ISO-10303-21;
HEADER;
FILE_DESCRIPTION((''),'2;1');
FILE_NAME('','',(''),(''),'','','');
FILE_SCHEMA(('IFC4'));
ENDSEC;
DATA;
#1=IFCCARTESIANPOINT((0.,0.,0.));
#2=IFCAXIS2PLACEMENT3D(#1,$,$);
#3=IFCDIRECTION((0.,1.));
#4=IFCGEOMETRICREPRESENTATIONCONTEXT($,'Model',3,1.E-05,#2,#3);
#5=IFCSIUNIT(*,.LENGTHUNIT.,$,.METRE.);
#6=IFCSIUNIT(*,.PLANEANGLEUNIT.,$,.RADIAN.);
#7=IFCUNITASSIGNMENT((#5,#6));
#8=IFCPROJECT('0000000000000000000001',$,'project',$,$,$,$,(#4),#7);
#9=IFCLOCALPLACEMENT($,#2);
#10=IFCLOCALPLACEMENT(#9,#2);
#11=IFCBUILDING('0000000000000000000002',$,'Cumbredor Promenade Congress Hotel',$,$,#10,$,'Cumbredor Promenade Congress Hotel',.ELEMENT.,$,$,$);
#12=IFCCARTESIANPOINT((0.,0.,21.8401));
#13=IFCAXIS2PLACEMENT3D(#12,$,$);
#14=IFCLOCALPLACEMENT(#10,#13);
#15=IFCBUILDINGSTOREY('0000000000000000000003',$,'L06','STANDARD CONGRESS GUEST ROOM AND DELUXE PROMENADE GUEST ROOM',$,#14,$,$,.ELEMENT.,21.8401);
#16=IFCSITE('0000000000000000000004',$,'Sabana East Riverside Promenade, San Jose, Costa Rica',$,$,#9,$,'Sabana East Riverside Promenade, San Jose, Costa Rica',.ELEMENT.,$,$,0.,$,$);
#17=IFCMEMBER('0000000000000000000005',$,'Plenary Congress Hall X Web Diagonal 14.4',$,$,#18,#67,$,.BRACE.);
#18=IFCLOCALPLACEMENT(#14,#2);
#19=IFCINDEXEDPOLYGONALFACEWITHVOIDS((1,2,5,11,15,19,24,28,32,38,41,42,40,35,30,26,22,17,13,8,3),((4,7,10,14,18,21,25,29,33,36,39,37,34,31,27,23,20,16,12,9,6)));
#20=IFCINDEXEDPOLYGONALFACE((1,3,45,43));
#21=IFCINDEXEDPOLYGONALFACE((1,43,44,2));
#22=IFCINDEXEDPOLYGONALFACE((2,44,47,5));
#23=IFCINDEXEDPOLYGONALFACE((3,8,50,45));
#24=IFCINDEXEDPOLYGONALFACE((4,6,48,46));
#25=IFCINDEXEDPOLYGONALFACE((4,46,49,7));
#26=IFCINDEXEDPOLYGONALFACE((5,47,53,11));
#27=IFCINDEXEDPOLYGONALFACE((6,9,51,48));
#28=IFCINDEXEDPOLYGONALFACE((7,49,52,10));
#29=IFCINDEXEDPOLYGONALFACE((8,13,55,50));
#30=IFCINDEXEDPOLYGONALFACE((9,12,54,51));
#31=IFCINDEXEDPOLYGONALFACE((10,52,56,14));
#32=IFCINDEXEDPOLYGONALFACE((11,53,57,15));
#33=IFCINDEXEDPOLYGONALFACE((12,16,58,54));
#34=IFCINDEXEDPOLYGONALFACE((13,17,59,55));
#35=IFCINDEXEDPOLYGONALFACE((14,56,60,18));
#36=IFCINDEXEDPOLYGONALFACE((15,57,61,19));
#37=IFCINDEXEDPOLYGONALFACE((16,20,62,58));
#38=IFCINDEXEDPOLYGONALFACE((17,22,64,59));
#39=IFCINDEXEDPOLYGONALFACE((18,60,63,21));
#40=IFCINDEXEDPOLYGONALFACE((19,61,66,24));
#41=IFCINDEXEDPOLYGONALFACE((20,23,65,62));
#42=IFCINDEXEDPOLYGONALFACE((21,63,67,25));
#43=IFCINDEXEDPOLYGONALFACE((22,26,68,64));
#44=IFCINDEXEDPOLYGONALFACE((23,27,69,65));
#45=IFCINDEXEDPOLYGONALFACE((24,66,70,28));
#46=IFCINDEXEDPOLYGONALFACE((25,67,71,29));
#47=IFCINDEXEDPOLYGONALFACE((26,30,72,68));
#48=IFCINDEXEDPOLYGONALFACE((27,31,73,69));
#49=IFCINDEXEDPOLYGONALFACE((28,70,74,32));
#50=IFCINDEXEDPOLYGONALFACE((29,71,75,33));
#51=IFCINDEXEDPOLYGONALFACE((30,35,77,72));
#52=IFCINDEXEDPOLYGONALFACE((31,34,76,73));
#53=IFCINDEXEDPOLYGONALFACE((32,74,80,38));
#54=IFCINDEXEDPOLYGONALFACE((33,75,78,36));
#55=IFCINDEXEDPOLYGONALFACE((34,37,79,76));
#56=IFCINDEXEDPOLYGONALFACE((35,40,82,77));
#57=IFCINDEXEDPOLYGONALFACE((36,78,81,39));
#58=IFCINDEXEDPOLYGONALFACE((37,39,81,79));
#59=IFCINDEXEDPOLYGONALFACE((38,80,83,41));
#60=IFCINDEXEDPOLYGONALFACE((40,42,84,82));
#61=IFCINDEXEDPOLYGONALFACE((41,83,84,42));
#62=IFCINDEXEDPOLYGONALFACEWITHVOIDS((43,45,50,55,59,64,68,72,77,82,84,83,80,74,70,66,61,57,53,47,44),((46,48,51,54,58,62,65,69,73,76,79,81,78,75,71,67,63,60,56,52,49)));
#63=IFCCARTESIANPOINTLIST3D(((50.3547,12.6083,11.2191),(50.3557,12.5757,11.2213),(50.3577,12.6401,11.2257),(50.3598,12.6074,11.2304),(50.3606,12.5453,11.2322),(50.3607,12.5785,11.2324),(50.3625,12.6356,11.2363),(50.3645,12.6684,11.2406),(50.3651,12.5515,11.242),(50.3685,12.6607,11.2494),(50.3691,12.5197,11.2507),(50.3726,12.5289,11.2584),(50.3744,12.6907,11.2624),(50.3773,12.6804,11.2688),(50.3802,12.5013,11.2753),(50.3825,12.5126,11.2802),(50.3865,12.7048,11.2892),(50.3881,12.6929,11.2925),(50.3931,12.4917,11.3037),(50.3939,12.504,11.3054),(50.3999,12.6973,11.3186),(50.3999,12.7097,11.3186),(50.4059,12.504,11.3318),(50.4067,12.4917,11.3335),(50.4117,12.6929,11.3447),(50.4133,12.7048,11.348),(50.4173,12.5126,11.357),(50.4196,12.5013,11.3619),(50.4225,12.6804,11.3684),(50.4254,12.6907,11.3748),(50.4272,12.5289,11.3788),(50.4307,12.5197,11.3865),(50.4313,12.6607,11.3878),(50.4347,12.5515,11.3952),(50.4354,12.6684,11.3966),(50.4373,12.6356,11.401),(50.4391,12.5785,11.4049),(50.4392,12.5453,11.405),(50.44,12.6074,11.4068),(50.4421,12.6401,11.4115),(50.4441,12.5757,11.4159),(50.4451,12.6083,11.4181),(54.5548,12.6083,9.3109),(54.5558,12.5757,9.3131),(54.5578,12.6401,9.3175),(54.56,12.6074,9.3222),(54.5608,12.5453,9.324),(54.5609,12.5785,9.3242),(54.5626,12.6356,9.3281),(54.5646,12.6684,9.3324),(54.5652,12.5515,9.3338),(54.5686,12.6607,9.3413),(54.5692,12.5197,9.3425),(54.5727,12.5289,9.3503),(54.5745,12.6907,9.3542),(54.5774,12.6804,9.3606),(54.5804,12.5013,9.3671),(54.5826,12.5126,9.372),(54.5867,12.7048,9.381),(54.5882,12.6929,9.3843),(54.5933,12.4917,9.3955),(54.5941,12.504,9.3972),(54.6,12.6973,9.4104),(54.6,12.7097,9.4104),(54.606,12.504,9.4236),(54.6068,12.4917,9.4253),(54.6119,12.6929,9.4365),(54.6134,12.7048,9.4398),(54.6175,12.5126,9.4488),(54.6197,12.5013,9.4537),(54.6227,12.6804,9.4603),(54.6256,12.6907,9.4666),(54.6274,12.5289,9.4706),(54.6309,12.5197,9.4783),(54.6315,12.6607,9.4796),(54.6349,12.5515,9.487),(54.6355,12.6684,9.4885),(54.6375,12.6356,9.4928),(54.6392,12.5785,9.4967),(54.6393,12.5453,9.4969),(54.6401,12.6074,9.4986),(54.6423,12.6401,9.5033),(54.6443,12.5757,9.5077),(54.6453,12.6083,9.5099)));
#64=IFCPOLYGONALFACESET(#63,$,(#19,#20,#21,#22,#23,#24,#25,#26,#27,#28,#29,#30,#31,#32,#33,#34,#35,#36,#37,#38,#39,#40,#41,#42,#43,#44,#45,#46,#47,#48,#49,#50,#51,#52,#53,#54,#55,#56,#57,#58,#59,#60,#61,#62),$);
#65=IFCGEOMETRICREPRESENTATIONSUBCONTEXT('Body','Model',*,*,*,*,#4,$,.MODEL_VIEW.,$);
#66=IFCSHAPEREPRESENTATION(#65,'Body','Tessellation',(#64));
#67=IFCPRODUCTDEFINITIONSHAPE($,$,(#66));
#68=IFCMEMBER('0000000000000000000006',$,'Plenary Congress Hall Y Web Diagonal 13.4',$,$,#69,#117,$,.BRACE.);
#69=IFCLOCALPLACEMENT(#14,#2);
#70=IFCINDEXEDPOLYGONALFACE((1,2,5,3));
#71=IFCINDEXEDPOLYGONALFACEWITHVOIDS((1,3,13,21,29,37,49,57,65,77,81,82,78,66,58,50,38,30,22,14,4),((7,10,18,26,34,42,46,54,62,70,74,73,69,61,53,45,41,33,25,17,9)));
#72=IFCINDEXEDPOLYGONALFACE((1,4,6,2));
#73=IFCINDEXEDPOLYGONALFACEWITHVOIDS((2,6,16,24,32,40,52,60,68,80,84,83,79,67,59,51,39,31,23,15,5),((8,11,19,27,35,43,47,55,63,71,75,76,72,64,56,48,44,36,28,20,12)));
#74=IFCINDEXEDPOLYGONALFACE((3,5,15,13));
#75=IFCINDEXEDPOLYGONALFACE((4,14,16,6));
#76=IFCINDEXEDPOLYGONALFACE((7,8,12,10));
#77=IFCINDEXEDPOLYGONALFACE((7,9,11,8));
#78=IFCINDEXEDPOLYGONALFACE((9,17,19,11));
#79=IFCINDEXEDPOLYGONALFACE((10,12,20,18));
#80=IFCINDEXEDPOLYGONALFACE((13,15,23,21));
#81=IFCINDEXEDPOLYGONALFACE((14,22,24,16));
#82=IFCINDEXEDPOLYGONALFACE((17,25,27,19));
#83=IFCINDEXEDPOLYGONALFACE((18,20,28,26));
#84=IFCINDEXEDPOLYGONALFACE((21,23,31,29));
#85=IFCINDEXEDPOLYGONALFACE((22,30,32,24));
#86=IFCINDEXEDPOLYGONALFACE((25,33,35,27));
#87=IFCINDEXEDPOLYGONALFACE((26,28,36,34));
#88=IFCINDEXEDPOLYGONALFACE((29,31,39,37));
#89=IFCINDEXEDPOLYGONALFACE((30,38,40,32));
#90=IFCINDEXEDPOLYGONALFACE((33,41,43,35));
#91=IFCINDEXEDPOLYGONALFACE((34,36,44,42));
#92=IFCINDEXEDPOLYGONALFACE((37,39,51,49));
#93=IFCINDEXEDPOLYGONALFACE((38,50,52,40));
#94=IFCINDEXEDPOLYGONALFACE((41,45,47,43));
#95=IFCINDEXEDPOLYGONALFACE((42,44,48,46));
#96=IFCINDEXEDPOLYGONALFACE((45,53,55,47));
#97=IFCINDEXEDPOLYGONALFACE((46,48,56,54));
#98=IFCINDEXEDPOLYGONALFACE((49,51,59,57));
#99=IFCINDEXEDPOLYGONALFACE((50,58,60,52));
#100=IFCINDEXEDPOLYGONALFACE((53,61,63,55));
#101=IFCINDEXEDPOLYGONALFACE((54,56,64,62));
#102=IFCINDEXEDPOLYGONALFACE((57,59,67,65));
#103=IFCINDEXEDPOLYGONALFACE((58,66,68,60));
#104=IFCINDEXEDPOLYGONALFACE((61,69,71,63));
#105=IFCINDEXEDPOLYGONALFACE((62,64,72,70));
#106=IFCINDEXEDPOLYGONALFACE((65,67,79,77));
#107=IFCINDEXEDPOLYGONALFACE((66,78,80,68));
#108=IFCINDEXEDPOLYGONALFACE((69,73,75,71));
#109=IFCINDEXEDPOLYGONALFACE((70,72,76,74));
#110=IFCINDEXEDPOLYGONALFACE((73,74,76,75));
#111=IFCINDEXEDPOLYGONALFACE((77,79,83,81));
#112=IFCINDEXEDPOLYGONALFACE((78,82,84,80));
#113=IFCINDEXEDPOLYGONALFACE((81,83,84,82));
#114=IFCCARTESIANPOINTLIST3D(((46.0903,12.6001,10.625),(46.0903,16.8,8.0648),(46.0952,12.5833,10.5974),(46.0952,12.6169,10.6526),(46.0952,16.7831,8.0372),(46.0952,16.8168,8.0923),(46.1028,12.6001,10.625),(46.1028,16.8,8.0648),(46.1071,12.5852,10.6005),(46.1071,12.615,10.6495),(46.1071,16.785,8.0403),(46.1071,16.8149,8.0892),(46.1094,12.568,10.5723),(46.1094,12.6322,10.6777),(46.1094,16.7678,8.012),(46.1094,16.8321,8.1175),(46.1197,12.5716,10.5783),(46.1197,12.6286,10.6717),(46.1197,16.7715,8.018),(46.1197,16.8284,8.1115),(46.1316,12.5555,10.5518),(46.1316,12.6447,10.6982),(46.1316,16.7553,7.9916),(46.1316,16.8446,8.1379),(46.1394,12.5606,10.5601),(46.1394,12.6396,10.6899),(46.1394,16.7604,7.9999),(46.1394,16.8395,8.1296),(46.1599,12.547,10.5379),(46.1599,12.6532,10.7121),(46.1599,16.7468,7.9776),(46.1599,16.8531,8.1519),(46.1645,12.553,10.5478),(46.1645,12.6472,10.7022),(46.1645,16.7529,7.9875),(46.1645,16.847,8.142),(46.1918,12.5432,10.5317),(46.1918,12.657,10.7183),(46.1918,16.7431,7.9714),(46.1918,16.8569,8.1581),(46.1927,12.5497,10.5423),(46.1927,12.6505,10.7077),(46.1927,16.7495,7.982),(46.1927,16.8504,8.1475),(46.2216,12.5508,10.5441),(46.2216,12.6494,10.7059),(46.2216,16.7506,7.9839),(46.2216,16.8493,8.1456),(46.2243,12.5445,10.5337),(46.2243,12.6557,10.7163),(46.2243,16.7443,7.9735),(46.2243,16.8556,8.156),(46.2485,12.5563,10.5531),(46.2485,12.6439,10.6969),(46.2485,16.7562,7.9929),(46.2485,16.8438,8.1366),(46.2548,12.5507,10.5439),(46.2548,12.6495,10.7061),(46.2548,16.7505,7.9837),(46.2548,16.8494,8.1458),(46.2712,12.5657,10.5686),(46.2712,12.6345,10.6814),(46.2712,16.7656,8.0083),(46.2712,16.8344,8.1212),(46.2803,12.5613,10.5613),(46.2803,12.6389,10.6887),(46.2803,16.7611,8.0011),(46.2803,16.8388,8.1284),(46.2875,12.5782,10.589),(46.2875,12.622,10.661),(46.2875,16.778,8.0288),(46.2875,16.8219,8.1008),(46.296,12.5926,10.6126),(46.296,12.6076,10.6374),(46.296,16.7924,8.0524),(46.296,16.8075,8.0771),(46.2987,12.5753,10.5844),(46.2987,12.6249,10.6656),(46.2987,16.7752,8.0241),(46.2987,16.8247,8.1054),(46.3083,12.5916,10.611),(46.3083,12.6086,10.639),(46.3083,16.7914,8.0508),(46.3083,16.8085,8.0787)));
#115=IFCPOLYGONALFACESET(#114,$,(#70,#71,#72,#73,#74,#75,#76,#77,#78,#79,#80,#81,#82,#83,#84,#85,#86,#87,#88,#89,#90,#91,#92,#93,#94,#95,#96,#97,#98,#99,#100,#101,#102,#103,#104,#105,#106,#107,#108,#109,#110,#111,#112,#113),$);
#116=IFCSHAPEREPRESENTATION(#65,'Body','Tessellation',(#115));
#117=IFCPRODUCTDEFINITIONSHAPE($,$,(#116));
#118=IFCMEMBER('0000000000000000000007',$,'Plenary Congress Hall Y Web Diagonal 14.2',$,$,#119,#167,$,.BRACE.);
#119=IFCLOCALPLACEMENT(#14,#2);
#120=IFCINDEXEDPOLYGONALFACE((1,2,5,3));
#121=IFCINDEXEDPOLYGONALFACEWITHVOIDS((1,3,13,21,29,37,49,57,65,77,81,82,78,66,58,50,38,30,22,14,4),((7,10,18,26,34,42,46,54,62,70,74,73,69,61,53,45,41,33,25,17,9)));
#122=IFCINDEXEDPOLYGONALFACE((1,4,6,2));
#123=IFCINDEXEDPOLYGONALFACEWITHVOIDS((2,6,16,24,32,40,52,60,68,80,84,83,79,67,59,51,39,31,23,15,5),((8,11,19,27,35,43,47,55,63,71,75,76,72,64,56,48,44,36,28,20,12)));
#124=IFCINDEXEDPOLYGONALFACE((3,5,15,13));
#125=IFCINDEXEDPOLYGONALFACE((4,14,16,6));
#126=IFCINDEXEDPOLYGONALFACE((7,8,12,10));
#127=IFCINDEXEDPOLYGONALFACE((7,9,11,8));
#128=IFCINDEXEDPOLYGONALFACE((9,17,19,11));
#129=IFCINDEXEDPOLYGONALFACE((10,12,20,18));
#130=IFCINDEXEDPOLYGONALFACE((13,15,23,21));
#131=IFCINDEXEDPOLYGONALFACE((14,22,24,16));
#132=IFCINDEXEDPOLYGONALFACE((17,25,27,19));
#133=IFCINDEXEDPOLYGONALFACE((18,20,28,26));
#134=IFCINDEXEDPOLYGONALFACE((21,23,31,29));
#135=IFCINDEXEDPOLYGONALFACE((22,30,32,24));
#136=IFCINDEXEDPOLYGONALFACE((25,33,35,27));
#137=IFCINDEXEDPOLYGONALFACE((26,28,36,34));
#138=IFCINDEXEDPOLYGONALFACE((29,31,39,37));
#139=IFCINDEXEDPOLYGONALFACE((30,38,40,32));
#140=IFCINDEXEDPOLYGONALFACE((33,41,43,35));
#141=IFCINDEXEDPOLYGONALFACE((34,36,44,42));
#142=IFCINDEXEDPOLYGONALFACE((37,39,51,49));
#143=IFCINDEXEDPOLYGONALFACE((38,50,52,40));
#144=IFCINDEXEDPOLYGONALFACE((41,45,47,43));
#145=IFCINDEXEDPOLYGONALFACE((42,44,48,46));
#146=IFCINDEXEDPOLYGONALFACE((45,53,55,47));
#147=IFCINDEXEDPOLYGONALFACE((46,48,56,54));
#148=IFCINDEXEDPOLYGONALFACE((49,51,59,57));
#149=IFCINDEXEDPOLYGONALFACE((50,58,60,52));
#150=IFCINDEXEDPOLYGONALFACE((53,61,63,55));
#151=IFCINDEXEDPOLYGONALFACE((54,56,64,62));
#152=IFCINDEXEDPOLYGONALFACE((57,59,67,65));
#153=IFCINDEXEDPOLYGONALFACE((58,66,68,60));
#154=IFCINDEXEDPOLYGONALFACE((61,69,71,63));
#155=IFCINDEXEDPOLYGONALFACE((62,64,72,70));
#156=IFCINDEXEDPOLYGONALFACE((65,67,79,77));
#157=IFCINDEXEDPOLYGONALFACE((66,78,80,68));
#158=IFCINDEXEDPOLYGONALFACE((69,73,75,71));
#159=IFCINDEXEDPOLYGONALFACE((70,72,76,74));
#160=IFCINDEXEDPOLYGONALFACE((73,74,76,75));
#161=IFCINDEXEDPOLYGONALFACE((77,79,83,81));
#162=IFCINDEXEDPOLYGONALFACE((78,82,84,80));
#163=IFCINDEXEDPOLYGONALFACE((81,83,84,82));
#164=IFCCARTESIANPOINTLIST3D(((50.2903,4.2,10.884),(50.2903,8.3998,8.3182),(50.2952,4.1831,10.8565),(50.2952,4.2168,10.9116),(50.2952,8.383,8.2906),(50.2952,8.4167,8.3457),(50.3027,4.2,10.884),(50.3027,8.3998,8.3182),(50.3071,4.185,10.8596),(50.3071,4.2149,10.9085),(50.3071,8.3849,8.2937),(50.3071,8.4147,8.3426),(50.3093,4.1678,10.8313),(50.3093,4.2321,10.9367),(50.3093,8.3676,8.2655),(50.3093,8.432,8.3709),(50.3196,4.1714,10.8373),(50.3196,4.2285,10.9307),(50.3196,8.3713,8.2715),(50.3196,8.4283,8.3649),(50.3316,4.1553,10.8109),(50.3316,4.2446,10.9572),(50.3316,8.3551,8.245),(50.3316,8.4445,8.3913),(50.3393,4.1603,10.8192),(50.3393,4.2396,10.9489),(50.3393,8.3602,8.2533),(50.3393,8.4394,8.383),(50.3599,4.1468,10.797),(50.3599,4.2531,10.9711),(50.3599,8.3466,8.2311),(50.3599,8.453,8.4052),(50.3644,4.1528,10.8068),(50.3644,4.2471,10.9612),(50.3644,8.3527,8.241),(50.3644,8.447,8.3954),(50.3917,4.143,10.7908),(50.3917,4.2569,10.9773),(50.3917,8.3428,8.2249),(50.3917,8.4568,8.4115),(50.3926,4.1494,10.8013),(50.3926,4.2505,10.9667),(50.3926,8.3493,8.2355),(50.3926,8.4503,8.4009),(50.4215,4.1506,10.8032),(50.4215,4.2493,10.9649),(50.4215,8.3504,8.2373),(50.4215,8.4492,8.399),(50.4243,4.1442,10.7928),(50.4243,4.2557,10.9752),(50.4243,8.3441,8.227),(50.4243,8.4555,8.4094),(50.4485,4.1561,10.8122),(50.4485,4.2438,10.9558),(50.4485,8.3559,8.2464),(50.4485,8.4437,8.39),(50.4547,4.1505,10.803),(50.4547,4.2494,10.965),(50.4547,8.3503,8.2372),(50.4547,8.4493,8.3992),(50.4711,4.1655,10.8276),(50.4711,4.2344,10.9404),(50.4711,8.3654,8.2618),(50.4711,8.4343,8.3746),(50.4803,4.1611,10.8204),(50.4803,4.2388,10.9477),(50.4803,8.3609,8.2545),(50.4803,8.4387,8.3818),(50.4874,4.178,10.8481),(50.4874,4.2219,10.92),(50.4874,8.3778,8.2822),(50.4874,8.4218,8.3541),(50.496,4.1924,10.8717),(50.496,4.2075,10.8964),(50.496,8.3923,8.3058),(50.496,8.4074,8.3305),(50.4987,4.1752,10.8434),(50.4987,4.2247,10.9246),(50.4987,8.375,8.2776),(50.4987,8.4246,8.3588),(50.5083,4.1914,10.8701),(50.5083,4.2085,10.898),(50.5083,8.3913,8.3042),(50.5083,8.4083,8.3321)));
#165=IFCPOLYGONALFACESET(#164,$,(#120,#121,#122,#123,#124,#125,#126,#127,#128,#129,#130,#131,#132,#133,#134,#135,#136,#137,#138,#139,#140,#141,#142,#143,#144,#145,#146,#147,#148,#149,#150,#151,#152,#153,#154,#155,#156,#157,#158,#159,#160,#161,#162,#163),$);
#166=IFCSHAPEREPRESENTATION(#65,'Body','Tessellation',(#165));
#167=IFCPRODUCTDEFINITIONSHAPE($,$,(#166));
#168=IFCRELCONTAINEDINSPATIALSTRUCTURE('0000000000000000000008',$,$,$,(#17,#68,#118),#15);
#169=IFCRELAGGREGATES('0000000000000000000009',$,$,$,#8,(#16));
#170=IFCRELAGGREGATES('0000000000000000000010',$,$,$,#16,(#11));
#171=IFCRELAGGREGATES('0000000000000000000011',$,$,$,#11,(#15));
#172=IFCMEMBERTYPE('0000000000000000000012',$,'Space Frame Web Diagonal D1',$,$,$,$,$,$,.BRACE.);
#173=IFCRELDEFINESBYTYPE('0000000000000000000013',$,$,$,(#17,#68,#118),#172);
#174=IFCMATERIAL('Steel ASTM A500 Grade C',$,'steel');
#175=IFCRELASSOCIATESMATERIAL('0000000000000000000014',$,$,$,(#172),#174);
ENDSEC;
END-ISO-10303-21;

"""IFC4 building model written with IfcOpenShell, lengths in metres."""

from ifc_helpers import new_model, si_unit, direction, frame, origin, origin_2d, place, context, subcontext, project, spatial, hollow_circle, extrude, material, material_profile, profile_set, type_object, element, save


model = new_model("IFC4")

# Units and contexts
model_context = context("Model", 3, precision=1e-05, world=origin(), true_north=direction((0.0, 1.0)))
body_context = subcontext(model_context, "Body", "Model", "MODEL_VIEW")
ifc_project = project(units=[si_unit("LENGTHUNIT", "METRE"), si_unit("PLANEANGLEUNIT", "RADIAN")], contexts=[model_context])

# Site, building, storey
site_placement = place(None, origin())
site = spatial("IfcSite", under=ifc_project, at=site_placement, Name="Sabana East Riverside Promenade, San Jose, Costa Rica", LongName="Sabana East Riverside Promenade, San Jose, Costa Rica", CompositionType="ELEMENT", RefElevation=0.0)
building_placement = place(site_placement, origin())
building = spatial("IfcBuilding", under=site, at=building_placement, Name="Cumbredor Promenade Congress Hotel", LongName="Cumbredor Promenade Congress Hotel", CompositionType="ELEMENT")
storey_placement = place(building_placement, frame((0.0, 0.0, 21.8401)))
storey = spatial("IfcBuildingStorey", under=building, at=storey_placement, Name="L06", Description="STANDARD CONGRESS GUEST ROOM AND DELUXE PROMENADE GUEST ROOM", CompositionType="ELEMENT", Elevation=21.8401)

# Members
ifc_material_1 = material(Name="Steel ASTM A500 Grade C", Category="steel")
ifc_material_profile_1 = material_profile(ifc_material_1, hollow_circle(Radius=0.1096, WallThickness=0.0125, at=origin_2d()), Name="CHS 219.1x12.5")
ifc_profile_set_1 = profile_set([ifc_material_profile_1], Name="Steel ASTM A500 Grade C")
member_type_1 = type_object("IfcMemberType", Name="Space Frame Web Diagonal D1", PredefinedType="BRACE", material=ifc_profile_set_1)
member_1_placement = place(storey_placement, frame((50.3999, 12.6001, 11.3186), z_axis=(0.910446, 0.0, -0.413628), x_axis=(0.0, 1.0, 0.0)))
element("IfcMember", 1, at=member_1_placement, inside=storey, type_object=member_type_1, Name="Plenary Congress Hall X Web Diagonal 14.4", PredefinedType="BRACE", context=body_context, shape_type="SweptSolid", body=[
    extrude(hollow_circle(Radius=0.1096, WallThickness=0.0125, at=origin_2d()), origin(), (0.0, 0.0, 1.0), 4.6133),
])
member_2_placement = place(storey_placement, frame((46.2, 12.6001, 10.625), z_axis=(0.0, 0.853854, -0.520512), x_axis=(-1.0, 0.0, 0.0)))
element("IfcMember", 2, at=member_2_placement, inside=storey, type_object=member_type_1, Name="Plenary Congress Hall Y Web Diagonal 13.4", PredefinedType="BRACE", context=body_context, shape_type="SweptSolid", body=[
    extrude(hollow_circle(Radius=0.1096, WallThickness=0.0125, at=origin_2d()), origin(), (0.0, 0.0, 1.0), 4.9187),
])
member_3_placement = place(storey_placement, frame((50.3999, 4.2, 10.884), z_axis=(0.0, 0.853347, -0.521344), x_axis=(-1.0, 0.0, 0.0)))
element("IfcMember", 3, at=member_3_placement, inside=storey, type_object=member_type_1, Name="Plenary Congress Hall Y Web Diagonal 14.2", PredefinedType="BRACE", context=body_context, shape_type="SweptSolid", body=[
    extrude(hollow_circle(Radius=0.1096, WallThickness=0.0125, at=origin_2d()), origin(), (0.0, 0.0, 1.0), 4.9216),
])

save(model, "model.ifc")
